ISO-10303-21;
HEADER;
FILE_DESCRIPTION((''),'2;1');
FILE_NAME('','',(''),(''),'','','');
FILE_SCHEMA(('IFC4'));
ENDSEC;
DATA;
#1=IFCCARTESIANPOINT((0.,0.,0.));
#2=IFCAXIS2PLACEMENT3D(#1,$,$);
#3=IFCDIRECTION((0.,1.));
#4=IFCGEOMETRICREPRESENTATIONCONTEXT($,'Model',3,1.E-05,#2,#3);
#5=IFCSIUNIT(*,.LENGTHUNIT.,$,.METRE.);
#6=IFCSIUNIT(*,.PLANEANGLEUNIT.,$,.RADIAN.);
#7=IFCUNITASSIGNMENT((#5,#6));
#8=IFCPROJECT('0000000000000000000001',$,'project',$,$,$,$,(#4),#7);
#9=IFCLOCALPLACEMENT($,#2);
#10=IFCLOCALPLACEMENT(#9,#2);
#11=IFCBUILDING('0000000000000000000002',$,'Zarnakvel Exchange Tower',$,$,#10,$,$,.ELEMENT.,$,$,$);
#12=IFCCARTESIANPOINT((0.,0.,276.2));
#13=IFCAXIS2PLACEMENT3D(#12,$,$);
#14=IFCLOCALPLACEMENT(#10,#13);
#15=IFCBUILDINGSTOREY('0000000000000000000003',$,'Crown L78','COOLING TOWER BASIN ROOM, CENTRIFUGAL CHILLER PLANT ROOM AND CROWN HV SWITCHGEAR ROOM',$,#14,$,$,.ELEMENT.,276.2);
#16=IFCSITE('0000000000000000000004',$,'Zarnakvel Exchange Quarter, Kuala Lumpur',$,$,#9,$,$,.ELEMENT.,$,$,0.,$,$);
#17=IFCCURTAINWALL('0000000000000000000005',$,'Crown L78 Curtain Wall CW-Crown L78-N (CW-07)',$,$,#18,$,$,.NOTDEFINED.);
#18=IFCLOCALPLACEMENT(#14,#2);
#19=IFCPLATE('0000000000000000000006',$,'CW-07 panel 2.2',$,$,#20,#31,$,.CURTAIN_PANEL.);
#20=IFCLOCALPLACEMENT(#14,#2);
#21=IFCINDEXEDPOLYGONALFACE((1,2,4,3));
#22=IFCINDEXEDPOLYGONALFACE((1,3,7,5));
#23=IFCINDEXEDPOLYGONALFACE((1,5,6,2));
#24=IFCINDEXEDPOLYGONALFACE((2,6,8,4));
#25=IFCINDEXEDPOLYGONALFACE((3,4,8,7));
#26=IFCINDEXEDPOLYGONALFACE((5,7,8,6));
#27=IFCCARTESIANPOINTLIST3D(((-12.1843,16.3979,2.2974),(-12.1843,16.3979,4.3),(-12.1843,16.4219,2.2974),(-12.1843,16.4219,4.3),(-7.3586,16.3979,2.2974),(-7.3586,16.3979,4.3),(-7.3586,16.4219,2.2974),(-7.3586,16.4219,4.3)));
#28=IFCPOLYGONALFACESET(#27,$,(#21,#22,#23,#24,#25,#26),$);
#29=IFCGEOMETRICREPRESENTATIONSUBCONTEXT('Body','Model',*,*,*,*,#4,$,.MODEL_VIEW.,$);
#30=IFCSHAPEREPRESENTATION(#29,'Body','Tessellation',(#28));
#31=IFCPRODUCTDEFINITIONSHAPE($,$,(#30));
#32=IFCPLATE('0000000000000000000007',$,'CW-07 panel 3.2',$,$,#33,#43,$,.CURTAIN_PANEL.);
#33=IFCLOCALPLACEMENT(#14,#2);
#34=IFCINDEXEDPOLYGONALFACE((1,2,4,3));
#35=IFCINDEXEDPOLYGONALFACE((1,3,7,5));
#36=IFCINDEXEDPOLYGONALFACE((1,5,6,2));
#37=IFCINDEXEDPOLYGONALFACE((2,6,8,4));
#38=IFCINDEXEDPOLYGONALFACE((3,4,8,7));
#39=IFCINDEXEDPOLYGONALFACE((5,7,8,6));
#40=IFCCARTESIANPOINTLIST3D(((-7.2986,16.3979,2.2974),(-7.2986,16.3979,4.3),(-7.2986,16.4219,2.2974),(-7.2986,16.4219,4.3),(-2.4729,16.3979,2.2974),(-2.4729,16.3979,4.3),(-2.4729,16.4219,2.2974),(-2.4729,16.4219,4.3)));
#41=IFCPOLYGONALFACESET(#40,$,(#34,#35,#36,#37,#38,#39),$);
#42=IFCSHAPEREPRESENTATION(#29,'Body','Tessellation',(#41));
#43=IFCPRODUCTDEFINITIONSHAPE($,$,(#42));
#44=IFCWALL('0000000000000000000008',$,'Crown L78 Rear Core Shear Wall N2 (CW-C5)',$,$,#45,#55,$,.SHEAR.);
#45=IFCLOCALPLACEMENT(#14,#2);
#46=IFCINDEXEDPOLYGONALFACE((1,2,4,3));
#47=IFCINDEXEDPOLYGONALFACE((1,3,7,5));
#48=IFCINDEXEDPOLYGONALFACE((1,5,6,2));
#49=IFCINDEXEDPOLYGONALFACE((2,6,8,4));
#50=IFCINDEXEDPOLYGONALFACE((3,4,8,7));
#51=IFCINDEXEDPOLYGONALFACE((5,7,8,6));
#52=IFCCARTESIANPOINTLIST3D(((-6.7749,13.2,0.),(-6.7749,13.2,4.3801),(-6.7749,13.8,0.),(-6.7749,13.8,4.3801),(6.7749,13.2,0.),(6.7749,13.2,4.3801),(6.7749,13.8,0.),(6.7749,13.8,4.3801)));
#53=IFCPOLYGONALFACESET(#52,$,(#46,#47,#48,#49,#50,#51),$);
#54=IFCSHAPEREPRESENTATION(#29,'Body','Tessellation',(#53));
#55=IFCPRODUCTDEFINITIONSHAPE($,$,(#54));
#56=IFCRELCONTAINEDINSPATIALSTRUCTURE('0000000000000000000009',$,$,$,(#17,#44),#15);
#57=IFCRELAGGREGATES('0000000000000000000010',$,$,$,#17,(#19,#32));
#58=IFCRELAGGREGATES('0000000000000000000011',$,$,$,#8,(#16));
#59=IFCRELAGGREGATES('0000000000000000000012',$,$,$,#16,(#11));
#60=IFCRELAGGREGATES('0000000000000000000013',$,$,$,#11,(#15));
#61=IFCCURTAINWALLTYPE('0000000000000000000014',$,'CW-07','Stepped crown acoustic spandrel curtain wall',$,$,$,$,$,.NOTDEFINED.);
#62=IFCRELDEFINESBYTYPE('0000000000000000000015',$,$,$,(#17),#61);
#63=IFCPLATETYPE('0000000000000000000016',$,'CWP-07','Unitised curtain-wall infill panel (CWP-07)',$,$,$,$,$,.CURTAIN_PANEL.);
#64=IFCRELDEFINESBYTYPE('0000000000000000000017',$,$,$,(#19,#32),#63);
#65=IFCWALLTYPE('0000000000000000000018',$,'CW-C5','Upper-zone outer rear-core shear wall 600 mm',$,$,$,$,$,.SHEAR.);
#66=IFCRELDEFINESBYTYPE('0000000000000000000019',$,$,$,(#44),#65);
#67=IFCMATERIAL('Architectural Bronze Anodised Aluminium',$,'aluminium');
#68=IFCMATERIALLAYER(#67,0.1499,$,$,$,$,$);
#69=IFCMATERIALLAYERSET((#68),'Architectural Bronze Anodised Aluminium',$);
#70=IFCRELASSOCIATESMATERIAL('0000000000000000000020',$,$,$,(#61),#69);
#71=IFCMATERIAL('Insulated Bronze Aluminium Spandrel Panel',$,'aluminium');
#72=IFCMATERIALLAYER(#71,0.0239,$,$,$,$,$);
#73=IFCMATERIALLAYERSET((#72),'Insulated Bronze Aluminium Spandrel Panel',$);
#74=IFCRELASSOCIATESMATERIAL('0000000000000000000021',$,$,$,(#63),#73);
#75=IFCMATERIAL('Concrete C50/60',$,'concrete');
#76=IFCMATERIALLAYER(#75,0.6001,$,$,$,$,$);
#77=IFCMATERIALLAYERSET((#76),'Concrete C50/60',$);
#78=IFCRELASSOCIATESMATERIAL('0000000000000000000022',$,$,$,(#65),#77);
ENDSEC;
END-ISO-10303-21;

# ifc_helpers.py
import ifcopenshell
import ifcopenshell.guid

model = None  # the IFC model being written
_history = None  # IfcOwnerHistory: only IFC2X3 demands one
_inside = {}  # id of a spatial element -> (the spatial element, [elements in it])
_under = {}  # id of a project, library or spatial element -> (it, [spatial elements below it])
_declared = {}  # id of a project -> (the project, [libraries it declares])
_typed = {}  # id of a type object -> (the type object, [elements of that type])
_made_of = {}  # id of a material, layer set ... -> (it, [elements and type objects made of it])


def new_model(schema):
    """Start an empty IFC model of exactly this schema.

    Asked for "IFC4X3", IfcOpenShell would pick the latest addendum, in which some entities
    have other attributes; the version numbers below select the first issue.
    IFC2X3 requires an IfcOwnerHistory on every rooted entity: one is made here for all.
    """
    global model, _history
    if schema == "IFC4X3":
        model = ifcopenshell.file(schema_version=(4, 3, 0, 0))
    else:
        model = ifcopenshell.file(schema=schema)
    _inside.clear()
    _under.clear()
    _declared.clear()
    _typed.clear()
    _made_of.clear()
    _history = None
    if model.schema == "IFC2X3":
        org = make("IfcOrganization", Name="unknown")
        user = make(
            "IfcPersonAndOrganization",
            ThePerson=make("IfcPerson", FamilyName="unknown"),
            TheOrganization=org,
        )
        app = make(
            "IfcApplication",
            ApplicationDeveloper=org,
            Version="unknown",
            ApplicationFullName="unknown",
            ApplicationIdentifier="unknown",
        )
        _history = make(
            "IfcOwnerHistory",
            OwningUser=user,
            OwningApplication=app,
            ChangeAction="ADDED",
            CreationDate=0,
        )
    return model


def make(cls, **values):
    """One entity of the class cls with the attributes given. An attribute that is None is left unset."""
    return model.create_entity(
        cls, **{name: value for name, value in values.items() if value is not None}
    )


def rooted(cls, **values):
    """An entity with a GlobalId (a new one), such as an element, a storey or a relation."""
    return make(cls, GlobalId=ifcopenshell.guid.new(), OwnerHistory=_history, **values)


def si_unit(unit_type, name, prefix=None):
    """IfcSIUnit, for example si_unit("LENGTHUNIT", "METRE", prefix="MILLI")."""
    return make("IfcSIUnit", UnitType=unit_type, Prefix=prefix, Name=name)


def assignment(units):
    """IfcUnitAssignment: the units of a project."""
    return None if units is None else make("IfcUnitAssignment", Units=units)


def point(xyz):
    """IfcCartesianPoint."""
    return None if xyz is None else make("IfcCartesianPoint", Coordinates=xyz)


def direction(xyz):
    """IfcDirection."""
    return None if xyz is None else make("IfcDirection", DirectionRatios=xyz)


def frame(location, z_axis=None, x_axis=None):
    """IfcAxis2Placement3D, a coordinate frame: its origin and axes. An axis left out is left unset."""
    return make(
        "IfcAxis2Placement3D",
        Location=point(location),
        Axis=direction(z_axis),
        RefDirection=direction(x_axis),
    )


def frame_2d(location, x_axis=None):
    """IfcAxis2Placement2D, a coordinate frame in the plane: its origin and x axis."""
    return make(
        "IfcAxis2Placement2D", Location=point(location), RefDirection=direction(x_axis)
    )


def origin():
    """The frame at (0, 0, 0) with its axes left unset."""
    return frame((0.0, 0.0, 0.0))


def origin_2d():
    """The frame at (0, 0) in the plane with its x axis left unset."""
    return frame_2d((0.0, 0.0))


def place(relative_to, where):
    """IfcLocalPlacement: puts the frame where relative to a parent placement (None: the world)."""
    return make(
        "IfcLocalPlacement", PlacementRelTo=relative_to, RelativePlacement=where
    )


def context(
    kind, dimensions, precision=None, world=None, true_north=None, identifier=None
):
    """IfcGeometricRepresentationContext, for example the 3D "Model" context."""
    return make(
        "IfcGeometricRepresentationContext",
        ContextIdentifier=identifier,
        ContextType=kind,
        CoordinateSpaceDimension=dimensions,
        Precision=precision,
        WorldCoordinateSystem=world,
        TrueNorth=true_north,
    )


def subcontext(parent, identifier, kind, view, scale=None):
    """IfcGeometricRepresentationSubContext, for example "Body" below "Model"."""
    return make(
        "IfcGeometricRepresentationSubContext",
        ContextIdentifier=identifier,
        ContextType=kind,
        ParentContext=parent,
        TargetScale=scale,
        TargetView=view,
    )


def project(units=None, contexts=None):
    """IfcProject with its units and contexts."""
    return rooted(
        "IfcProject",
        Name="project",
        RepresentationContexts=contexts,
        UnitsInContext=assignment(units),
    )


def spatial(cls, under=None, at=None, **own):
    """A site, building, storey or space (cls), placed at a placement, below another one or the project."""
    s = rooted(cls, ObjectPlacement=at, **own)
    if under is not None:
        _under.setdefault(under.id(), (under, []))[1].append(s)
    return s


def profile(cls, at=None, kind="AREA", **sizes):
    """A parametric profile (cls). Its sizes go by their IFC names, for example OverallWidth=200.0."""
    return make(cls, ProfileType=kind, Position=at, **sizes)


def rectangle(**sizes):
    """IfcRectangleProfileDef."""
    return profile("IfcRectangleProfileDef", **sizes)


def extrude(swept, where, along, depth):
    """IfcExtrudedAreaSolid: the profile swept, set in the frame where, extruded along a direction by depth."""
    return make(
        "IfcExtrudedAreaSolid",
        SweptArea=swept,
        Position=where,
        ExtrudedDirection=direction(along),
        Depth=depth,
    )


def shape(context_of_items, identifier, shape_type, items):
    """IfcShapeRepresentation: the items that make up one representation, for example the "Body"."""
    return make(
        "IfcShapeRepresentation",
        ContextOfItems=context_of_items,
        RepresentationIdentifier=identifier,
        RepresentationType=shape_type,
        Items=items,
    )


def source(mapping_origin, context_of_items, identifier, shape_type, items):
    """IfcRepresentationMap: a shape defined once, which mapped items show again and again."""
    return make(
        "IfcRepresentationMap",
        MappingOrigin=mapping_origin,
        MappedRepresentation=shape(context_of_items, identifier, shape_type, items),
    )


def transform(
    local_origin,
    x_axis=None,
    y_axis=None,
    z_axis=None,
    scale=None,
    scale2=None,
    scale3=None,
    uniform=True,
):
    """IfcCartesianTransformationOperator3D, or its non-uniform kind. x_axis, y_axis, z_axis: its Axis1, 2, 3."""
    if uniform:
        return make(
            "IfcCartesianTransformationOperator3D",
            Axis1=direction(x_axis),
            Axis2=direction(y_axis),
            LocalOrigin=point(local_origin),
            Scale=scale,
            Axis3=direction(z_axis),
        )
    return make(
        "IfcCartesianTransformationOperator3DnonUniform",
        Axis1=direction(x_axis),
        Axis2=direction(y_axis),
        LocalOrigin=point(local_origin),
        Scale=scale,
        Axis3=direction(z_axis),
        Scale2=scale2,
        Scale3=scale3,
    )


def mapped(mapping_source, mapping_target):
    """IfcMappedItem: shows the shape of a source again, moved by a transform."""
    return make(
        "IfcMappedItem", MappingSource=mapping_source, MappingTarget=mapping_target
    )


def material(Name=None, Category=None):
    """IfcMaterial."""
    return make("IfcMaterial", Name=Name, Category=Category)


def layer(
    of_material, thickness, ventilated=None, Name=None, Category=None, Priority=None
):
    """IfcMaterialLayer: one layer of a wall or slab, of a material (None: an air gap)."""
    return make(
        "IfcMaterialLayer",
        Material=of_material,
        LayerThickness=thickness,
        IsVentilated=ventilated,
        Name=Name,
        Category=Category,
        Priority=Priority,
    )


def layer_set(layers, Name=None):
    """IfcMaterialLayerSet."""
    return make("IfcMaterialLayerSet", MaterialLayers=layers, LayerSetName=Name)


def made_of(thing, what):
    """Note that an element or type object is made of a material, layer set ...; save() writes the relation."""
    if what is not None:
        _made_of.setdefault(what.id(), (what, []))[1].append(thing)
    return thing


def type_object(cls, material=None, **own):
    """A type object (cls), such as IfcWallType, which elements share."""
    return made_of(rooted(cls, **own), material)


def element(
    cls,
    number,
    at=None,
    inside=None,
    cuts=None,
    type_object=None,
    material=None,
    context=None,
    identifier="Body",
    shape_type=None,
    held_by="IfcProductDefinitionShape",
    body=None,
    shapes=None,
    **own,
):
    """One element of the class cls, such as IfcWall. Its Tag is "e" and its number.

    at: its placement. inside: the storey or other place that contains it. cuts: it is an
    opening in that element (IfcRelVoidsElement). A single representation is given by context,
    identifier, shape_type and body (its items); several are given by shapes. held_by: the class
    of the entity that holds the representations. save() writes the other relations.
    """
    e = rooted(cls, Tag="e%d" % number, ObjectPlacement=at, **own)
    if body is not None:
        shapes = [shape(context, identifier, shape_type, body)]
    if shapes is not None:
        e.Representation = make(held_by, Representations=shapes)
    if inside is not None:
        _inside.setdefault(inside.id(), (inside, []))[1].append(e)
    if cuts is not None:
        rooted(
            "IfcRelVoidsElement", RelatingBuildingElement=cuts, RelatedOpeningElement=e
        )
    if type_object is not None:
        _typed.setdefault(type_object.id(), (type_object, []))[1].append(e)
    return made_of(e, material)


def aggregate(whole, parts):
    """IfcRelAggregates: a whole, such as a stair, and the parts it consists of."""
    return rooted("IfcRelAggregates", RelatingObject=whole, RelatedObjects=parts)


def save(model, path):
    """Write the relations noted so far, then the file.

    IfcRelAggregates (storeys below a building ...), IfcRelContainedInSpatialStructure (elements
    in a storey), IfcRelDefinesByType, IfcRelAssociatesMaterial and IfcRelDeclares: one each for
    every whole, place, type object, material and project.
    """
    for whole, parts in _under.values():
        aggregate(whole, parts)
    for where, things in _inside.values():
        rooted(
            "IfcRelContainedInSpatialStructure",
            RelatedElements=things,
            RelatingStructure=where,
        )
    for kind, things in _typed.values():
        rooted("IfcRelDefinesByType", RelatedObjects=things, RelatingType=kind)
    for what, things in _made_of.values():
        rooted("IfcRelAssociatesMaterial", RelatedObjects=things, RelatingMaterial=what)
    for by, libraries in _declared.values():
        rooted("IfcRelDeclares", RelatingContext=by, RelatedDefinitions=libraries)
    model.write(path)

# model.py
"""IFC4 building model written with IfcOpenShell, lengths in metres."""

from ifc_helpers import new_model, si_unit, direction, frame, frame_2d, origin, origin_2d, place, context, subcontext, project, spatial, rectangle, extrude, source, transform, mapped, material, layer, layer_set, type_object, element, aggregate, save


model = new_model("IFC4")

# Units and contexts
model_context = context("Model", 3, precision=1e-05, world=origin(), true_north=direction((0.0, 1.0)))
body_context = subcontext(model_context, "Body", "Model", "MODEL_VIEW")
ifc_project = project(units=[si_unit("LENGTHUNIT", "METRE"), si_unit("PLANEANGLEUNIT", "RADIAN")], contexts=[model_context])

# Site, building, storey
site_placement = place(None, origin())
site = spatial("IfcSite", under=ifc_project, at=site_placement, Name="Zarnakvel Exchange Quarter, Kuala Lumpur", CompositionType="ELEMENT", RefElevation=0.0)
building_placement = place(site_placement, origin())
building = spatial("IfcBuilding", under=site, at=building_placement, Name="Zarnakvel Exchange Tower", CompositionType="ELEMENT")
storey_placement = place(building_placement, frame((0.0, 0.0, 276.2)))
storey = spatial("IfcBuildingStorey", under=building, at=storey_placement, Name="Crown L78", Description="COOLING TOWER BASIN ROOM, CENTRIFUGAL CHILLER PLANT ROOM AND CROWN HV SWITCHGEAR ROOM", CompositionType="ELEMENT", Elevation=276.2)

# Curtain wall
ifc_material_1 = material(Name="Architectural Bronze Anodised Aluminium", Category="aluminium")
ifc_layer_1 = layer(ifc_material_1, 0.1499)
ifc_layer_set_1 = layer_set([ifc_layer_1], Name="Architectural Bronze Anodised Aluminium")
curtain_wall_type = type_object("IfcCurtainWallType", Name="CW-07", Description="Stepped crown acoustic spandrel curtain wall", PredefinedType="NOTDEFINED", material=ifc_layer_set_1)
curtain_wall_placement = place(storey_placement, origin())
curtain_wall = element("IfcCurtainWall", 1, at=curtain_wall_placement, inside=storey, type_object=curtain_wall_type, Name="Crown L78 Curtain Wall CW-Crown L78-N (CW-07)", PredefinedType="NOTDEFINED")

# Plates
ifc_material_2 = material(Name="Insulated Bronze Aluminium Spandrel Panel", Category="aluminium")
ifc_layer_2 = layer(ifc_material_2, 0.0239)
ifc_layer_set_2 = layer_set([ifc_layer_2], Name="Insulated Bronze Aluminium Spandrel Panel")
plate_type_1 = type_object("IfcPlateType", Name="CWP-07", Description="Unitised curtain-wall infill panel (CWP-07)", PredefinedType="CURTAIN_PANEL", material=ifc_layer_set_2)
shared_shape_1 = source(origin(), body_context, "Body", "SweptSolid", [
    extrude(rectangle(XDim=4.8257, YDim=0.0239, at=origin_2d()), origin(), (0.0, 0.0, 1.0), 2.0027),
])
plate_1_placement = place(storey_placement, frame((-9.7715, 16.4099, 2.2974), z_axis=(0.0, 0.0, 1.0), x_axis=(1.0, 0.0, 0.0)))
plate_1 = element("IfcPlate", 2, at=plate_1_placement, type_object=plate_type_1, Name="CW-07 panel 2.2", PredefinedType="CURTAIN_PANEL", context=body_context, shape_type="MappedRepresentation", body=[
    mapped(shared_shape_1, transform((0.0, 0.0, 0.0), x_axis=(1.0, 0.0, 0.0), y_axis=(0.0, 1.0, 0.0), z_axis=(0.0, 0.0, 1.0), scale=1.0)),
])
plate_2_placement = place(storey_placement, frame((-4.8857, 16.4099, 2.2974), z_axis=(0.0, 0.0, 1.0), x_axis=(1.0, 0.0, 0.0)))
plate_2 = element("IfcPlate", 3, at=plate_2_placement, type_object=plate_type_1, Name="CW-07 panel 3.2", PredefinedType="CURTAIN_PANEL", context=body_context, shape_type="MappedRepresentation", body=[
    mapped(shared_shape_1, transform((0.0, 0.0, 0.0), x_axis=(1.0, 0.0, 0.0), y_axis=(0.0, 1.0, 0.0), z_axis=(0.0, 0.0, 1.0), scale=1.0)),
])
aggregate(curtain_wall, [plate_1, plate_2])

# Wall
ifc_material_3 = material(Name="Concrete C50/60", Category="concrete")
ifc_layer_3 = layer(ifc_material_3, 0.6001)
ifc_layer_set_3 = layer_set([ifc_layer_3], Name="Concrete C50/60")
wall_type = type_object("IfcWallType", Name="CW-C5", Description="Upper-zone outer rear-core shear wall 600 mm", PredefinedType="SHEAR", material=ifc_layer_set_3)
wall_placement = place(storey_placement, frame((-6.7749, 13.5, 0.0), z_axis=(0.0, 0.0, 1.0), x_axis=(1.0, 0.0, 0.0)))
element("IfcWall", 4, at=wall_placement, inside=storey, type_object=wall_type, Name="Crown L78 Rear Core Shear Wall N2 (CW-C5)", PredefinedType="SHEAR", context=body_context, shape_type="SweptSolid", body=[
    extrude(rectangle(XDim=13.5498, YDim=0.6001, at=frame_2d((6.7749, 0.0))), origin(), (0.0, 0.0, 1.0), 4.3801),
])

save(model, "model.ifc")
